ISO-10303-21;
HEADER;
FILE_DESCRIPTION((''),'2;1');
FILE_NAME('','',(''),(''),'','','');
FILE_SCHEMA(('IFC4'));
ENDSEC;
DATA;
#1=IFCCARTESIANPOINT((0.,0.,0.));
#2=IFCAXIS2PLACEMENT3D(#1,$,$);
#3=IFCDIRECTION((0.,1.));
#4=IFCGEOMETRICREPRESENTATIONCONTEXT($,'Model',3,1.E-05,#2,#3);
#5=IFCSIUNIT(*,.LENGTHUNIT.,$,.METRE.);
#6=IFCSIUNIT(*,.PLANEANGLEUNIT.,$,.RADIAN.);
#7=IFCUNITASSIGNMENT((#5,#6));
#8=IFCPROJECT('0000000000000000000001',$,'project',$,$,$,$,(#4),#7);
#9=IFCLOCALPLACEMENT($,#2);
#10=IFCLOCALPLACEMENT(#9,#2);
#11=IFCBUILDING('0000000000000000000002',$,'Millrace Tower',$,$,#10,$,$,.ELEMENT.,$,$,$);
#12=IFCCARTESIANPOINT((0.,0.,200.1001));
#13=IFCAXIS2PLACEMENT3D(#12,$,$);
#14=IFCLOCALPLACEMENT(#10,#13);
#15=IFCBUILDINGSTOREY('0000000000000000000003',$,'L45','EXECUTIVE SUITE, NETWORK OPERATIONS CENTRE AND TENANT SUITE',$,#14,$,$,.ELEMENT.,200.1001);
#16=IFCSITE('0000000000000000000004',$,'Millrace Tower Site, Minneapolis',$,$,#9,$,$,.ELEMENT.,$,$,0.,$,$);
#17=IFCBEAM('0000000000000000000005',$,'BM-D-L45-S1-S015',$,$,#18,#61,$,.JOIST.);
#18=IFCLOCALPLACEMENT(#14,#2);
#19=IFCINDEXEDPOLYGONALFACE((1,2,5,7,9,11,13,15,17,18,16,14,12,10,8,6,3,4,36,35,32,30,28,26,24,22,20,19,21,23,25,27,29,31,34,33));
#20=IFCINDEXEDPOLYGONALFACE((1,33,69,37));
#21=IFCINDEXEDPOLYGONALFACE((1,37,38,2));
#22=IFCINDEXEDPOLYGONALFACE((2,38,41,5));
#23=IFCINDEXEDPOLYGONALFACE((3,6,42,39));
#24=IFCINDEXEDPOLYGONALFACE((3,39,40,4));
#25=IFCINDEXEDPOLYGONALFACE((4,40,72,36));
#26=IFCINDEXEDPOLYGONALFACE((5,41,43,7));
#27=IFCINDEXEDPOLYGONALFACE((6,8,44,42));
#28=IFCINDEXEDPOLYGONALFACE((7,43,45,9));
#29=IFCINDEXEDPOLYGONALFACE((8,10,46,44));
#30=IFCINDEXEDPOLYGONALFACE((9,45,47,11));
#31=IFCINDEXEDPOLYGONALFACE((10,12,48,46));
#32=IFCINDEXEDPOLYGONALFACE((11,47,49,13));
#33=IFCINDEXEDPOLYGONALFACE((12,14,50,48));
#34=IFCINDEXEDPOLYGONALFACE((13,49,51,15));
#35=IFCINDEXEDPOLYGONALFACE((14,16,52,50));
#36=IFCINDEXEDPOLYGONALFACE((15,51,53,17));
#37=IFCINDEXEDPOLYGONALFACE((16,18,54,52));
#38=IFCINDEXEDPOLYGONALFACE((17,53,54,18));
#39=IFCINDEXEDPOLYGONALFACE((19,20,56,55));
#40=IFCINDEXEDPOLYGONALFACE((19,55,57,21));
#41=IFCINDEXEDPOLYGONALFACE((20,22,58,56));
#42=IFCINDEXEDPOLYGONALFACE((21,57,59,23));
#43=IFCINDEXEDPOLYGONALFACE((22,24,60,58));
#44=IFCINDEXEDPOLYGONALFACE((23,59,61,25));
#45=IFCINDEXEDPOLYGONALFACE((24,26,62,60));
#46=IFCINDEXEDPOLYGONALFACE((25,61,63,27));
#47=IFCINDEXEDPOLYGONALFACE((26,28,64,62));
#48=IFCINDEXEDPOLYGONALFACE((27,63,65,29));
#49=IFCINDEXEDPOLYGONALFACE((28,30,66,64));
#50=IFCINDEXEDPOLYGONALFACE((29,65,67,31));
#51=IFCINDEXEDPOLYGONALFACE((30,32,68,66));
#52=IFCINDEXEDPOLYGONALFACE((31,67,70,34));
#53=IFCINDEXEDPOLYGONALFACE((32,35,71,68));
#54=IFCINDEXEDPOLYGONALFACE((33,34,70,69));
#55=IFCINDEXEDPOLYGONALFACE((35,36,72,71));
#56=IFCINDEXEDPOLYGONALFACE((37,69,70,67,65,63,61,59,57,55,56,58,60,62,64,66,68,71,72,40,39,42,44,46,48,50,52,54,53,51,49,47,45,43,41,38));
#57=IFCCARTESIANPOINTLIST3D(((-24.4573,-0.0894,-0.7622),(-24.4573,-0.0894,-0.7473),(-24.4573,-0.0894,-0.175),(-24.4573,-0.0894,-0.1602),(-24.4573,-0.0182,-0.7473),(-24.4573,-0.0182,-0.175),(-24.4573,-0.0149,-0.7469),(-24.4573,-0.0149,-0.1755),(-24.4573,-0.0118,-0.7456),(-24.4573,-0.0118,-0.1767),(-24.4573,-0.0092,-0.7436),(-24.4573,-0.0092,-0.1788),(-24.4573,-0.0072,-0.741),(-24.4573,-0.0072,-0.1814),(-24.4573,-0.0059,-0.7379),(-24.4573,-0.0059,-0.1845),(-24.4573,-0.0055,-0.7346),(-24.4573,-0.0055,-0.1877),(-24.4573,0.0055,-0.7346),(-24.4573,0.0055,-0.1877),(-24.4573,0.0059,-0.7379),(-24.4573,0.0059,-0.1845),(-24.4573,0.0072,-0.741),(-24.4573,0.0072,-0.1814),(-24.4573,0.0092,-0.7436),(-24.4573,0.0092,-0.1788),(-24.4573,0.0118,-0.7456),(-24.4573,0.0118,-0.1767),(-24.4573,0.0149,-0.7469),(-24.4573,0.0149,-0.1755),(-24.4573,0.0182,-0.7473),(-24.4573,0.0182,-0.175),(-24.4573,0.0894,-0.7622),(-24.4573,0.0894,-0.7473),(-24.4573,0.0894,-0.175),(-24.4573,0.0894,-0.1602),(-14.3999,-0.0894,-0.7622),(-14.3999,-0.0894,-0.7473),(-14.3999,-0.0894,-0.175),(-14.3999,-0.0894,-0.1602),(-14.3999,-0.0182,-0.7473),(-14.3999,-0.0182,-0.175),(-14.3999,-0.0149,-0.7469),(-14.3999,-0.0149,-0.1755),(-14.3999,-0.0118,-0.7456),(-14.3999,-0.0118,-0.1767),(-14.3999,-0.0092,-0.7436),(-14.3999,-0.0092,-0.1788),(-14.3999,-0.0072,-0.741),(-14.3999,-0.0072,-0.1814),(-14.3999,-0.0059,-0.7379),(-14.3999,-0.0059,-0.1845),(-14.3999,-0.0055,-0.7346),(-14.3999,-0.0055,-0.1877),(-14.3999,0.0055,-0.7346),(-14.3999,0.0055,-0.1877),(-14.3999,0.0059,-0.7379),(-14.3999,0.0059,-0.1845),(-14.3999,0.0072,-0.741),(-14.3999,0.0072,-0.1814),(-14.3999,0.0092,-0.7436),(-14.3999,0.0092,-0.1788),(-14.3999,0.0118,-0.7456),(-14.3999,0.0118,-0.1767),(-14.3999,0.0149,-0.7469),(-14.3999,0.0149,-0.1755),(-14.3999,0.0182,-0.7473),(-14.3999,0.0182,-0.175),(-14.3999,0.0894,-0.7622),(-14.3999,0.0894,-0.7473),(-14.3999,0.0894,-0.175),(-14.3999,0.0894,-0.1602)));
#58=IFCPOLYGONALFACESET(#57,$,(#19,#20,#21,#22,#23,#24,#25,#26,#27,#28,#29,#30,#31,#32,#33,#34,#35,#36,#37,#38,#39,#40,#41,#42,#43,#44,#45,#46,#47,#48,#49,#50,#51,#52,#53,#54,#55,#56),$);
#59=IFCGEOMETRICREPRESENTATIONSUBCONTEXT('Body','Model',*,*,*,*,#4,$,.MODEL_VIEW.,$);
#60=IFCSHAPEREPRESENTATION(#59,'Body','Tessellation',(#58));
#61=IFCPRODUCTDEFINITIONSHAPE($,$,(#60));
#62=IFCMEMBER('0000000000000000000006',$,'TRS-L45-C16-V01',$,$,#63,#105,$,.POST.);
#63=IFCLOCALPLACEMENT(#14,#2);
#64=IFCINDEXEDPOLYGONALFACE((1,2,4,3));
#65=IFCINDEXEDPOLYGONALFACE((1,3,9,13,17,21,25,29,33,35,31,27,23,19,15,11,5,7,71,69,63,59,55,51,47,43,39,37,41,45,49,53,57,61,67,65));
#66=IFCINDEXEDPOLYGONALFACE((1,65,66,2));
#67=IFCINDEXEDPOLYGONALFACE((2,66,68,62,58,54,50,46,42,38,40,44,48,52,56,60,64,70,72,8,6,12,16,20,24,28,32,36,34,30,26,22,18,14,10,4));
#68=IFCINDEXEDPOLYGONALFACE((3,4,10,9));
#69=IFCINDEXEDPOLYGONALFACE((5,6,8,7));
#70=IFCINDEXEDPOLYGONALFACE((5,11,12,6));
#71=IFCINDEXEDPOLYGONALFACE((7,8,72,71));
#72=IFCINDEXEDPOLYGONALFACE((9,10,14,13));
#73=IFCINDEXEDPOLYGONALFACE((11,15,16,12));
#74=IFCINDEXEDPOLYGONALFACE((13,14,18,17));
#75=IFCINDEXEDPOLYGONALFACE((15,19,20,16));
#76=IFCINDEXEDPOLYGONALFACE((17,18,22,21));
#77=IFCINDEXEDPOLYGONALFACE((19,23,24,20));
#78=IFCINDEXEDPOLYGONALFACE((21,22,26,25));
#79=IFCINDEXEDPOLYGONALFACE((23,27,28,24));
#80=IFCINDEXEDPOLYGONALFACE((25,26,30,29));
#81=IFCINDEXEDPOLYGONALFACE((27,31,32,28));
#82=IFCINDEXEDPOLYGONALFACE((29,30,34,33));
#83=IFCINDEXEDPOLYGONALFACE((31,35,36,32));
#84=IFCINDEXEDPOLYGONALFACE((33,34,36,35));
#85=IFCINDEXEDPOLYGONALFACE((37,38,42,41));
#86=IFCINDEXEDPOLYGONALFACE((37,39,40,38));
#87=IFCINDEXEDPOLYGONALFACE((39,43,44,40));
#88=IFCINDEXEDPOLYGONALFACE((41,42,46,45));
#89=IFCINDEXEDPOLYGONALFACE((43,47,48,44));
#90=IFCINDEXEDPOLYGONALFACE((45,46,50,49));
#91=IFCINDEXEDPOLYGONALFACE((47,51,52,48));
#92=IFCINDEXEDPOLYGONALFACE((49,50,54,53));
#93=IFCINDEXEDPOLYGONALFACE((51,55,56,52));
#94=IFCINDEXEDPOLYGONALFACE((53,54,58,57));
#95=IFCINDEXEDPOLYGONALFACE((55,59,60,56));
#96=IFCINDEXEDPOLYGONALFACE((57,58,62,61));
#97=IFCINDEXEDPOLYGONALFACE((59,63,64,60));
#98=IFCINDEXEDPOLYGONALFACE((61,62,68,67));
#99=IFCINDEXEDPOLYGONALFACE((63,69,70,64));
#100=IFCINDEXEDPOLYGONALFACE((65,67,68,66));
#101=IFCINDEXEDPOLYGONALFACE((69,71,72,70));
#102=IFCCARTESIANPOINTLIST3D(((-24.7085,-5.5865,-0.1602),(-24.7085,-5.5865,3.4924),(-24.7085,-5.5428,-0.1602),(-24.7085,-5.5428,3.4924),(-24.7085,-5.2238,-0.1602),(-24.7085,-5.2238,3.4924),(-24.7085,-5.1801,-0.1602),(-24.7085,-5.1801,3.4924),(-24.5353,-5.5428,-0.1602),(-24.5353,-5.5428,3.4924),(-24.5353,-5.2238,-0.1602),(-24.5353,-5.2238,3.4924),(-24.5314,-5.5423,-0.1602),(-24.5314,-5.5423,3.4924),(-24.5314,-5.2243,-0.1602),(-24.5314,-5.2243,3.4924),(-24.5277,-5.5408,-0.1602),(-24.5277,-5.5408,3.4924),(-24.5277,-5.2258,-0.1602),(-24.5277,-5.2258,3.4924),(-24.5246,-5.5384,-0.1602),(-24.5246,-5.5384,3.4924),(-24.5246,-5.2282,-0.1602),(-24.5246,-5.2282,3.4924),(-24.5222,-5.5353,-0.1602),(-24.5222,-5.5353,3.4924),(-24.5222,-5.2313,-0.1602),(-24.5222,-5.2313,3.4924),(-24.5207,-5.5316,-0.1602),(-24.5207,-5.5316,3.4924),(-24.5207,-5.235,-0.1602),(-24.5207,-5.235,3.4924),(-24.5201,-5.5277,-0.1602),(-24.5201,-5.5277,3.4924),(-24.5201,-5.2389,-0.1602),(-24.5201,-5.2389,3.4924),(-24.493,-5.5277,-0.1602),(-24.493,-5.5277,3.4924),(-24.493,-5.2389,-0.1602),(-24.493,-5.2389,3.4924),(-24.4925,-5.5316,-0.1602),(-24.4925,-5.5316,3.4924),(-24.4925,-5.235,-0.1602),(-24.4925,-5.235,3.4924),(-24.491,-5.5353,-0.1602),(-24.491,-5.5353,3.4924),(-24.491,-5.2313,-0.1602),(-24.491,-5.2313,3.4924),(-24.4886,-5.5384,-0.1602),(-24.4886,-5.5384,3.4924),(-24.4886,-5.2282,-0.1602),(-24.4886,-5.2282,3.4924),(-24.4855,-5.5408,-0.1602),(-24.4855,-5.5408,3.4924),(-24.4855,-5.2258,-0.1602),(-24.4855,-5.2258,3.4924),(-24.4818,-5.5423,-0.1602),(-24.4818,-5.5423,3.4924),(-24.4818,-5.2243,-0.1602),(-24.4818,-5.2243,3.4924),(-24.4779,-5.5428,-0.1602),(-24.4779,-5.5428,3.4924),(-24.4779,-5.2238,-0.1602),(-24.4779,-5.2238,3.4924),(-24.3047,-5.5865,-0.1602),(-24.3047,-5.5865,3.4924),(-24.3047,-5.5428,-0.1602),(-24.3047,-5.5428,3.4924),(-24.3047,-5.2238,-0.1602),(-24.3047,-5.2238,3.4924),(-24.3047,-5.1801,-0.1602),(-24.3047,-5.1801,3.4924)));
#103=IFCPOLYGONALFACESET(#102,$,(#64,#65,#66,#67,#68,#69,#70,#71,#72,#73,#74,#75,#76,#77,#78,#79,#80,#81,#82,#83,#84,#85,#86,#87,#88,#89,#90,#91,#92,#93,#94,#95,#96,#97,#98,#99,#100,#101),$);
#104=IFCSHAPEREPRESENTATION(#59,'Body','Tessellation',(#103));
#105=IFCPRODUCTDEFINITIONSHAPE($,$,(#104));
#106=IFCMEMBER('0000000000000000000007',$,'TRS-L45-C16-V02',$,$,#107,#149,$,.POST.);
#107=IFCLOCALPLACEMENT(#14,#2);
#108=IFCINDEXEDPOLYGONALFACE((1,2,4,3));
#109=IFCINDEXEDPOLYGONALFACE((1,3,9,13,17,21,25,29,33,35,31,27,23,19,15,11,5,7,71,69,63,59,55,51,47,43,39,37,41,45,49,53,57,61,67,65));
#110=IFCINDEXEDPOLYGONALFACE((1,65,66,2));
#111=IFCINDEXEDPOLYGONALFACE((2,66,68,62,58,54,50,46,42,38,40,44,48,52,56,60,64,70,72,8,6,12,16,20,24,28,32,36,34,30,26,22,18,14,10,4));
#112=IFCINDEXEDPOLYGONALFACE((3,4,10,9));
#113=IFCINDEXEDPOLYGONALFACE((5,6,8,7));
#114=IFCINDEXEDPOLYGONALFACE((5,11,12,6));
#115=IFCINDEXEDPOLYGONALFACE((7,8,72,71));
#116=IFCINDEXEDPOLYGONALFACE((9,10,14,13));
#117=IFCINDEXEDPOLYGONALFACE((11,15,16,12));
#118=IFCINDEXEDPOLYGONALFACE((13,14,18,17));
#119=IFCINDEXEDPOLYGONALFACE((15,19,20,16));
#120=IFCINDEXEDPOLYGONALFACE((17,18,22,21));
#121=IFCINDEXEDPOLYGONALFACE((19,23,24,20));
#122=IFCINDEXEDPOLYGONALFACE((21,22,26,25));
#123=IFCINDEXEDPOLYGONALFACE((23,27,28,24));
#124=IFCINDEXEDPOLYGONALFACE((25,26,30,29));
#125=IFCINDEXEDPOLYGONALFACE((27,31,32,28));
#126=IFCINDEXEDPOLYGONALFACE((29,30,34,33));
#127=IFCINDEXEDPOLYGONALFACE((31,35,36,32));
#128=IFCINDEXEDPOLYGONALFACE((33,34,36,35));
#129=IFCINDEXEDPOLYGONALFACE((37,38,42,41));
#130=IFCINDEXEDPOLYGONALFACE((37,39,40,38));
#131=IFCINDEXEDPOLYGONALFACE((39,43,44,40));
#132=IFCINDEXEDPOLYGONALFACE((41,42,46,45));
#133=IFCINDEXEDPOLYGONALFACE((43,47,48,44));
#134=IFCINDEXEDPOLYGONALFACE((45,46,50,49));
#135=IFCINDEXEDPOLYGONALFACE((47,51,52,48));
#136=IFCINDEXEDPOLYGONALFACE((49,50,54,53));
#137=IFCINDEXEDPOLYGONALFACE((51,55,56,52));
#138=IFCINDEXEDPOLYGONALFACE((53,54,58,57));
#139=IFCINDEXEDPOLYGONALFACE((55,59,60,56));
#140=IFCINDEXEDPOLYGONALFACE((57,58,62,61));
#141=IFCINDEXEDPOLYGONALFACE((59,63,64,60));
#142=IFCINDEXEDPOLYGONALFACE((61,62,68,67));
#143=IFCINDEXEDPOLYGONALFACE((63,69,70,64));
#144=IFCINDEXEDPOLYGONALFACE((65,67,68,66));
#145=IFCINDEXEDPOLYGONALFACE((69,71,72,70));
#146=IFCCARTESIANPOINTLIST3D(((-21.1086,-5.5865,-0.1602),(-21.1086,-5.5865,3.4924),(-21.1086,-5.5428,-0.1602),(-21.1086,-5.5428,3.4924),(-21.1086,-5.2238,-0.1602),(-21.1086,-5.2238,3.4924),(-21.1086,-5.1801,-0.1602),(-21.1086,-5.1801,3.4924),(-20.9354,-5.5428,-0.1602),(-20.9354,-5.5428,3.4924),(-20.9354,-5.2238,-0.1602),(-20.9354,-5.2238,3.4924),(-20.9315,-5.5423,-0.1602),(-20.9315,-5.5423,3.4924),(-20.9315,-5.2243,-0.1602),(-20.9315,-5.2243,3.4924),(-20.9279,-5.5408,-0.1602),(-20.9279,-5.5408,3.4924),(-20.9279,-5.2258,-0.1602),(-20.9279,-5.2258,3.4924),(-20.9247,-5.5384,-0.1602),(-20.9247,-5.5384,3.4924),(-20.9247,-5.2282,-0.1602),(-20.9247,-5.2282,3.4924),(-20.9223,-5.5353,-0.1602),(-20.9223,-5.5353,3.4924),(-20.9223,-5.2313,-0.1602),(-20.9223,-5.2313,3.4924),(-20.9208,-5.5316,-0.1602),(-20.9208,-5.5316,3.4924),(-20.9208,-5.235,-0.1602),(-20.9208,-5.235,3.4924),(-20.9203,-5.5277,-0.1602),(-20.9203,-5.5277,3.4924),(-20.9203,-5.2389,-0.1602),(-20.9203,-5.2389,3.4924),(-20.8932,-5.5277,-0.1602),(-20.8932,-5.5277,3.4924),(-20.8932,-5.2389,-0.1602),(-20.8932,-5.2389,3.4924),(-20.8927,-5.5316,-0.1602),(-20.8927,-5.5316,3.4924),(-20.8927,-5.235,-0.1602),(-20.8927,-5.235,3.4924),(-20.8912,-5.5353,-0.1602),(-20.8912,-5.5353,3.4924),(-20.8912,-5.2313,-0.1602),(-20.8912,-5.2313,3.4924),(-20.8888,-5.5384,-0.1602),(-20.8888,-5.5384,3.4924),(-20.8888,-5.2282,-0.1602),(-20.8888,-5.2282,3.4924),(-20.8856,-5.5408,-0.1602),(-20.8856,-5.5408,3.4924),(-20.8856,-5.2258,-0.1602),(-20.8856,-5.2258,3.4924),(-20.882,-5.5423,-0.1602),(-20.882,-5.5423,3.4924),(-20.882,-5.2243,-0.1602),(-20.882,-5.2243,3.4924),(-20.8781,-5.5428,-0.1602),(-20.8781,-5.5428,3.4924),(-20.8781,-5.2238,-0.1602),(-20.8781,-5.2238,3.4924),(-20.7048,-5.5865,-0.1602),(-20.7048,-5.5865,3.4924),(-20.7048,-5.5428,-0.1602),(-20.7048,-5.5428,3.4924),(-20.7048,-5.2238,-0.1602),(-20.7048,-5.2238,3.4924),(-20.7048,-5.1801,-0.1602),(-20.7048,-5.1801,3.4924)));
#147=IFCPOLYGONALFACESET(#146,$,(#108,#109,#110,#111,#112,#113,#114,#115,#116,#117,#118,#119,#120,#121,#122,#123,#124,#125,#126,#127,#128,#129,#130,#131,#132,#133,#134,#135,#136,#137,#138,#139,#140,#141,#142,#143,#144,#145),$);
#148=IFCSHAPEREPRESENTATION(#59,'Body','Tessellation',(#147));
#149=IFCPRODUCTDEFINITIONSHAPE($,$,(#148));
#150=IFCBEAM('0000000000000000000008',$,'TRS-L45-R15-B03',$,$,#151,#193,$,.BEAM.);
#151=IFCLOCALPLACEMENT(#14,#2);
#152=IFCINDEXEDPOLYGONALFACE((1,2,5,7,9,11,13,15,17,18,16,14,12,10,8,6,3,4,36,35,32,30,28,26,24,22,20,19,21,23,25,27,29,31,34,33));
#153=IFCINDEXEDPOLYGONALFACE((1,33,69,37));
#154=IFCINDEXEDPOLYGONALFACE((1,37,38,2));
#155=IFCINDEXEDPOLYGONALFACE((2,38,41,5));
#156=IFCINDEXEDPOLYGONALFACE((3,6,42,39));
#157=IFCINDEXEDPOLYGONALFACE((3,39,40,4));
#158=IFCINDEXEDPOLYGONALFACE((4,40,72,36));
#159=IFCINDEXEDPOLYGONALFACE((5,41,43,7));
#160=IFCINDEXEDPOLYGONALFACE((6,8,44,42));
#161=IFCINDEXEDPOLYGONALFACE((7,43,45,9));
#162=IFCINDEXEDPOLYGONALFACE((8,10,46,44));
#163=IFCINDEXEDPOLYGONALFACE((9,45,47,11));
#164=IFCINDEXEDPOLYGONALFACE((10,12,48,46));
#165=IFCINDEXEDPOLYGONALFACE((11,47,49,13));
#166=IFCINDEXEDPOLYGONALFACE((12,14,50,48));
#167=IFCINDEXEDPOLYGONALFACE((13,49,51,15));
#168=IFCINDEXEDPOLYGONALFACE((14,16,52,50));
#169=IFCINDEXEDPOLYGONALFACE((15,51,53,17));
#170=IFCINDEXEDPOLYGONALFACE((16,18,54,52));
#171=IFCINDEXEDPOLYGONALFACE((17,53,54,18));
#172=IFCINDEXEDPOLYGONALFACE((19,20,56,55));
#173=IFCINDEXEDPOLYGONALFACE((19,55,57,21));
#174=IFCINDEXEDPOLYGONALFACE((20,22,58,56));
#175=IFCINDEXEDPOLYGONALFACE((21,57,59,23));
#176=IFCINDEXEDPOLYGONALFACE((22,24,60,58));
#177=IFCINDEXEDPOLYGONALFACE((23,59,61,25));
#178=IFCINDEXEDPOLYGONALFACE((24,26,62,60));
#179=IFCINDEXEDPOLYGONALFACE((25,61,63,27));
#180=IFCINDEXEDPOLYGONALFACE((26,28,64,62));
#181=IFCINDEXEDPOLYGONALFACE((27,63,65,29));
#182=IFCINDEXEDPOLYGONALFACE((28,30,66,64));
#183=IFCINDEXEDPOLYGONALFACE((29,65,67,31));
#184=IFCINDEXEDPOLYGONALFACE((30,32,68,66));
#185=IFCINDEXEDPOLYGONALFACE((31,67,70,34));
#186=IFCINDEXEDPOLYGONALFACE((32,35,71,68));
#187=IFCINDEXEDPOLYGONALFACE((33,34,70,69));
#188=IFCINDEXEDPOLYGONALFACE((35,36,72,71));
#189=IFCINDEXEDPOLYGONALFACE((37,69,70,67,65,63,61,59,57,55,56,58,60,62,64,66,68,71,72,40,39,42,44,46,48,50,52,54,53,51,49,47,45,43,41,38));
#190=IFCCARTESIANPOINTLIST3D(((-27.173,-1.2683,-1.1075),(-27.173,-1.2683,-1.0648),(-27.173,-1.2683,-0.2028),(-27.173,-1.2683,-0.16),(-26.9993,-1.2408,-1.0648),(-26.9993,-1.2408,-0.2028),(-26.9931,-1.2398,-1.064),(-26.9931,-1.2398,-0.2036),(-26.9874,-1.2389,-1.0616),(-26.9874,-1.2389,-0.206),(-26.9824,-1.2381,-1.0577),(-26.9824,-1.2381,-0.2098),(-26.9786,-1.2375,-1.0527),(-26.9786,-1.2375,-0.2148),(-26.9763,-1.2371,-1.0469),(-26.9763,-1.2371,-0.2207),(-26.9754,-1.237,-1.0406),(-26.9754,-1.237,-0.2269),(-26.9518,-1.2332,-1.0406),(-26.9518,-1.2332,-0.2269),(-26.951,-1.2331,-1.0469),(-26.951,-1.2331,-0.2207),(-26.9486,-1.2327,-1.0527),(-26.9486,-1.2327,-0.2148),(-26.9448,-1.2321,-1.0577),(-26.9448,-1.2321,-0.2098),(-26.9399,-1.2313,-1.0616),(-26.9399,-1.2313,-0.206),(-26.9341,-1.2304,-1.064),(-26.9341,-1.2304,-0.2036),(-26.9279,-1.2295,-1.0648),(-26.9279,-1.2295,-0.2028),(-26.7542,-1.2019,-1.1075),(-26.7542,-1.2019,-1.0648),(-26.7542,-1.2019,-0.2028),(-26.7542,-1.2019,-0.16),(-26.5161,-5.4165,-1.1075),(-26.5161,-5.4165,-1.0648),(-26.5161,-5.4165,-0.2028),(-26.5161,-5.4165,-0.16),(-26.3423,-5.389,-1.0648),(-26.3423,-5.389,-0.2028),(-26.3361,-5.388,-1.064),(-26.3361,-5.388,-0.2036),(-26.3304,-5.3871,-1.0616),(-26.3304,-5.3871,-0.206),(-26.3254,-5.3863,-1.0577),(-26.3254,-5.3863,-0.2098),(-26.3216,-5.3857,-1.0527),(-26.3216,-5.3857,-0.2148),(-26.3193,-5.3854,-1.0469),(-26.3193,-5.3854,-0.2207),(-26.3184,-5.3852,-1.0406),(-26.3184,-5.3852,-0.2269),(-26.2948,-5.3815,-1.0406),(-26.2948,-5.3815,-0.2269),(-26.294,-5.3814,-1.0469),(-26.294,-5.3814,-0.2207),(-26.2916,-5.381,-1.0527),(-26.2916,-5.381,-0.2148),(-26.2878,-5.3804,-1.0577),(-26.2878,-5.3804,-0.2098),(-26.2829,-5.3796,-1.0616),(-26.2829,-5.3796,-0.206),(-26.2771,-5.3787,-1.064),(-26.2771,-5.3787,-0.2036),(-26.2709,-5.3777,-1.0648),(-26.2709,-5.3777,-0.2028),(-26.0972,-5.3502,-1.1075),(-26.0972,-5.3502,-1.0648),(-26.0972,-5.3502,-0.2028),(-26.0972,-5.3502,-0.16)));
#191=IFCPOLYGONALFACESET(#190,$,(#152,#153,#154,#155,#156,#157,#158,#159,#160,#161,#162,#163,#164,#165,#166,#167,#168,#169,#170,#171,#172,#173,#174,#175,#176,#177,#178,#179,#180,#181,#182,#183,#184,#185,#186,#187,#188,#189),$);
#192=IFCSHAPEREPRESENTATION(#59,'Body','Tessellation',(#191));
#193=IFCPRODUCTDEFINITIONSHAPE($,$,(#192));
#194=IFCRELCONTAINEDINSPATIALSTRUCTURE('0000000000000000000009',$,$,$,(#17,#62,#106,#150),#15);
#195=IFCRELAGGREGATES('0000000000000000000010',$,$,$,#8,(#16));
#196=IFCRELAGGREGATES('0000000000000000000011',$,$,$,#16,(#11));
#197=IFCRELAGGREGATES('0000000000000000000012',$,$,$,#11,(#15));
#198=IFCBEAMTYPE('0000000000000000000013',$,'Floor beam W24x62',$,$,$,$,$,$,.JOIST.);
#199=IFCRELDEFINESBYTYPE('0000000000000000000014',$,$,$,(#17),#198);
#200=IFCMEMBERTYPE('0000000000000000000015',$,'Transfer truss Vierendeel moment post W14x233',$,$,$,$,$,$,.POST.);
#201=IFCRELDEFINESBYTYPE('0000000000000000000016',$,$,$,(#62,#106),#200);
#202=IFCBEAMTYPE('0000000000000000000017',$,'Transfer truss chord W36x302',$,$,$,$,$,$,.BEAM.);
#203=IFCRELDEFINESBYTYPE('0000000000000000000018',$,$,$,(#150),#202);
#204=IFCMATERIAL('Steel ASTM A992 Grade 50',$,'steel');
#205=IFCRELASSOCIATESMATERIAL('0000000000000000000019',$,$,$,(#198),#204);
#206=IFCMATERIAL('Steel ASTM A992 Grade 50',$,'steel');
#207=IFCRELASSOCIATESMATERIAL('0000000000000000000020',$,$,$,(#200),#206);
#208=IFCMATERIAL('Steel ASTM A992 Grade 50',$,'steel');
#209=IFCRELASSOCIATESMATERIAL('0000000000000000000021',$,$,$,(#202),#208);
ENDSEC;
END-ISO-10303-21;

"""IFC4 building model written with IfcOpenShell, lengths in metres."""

from ifc_helpers import new_model, si_unit, direction, frame, origin, origin_2d, place, context, subcontext, project, spatial, i_section, extrude, material, material_profile, profile_set, type_object, element, save


model = new_model("IFC4")

# Units and contexts
model_context = context("Model", 3, precision=1e-05, world=origin(), true_north=direction((0.0, 1.0)))
body_context = subcontext(model_context, "Body", "Model", "MODEL_VIEW")
ifc_project = project(units=[si_unit("LENGTHUNIT", "METRE"), si_unit("PLANEANGLEUNIT", "RADIAN")], contexts=[model_context])

# Site, building, storey
site_placement = place(None, origin())
site = spatial("IfcSite", under=ifc_project, at=site_placement, Name="Millrace Tower Site, Minneapolis", CompositionType="ELEMENT", RefElevation=0.0)
building_placement = place(site_placement, origin())
building = spatial("IfcBuilding", under=site, at=building_placement, Name="Millrace Tower", CompositionType="ELEMENT")
storey_placement = place(building_placement, frame((0.0, 0.0, 200.1001)))
storey = spatial("IfcBuildingStorey", under=building, at=storey_placement, Name="L45", Description="EXECUTIVE SUITE, NETWORK OPERATIONS CENTRE AND TENANT SUITE", CompositionType="ELEMENT", Elevation=200.1001)

# Beam
ifc_material_1 = material(Name="Steel ASTM A992 Grade 50", Category="steel")
ifc_material_profile_1 = material_profile(ifc_material_1, i_section(OverallWidth=0.1787, OverallDepth=0.6021, WebThickness=0.011, FlangeThickness=0.0149, FilletRadius=0.0127, at=origin_2d()))
ifc_profile_set_1 = profile_set([ifc_material_profile_1], Name="Steel ASTM A992 Grade 50")
beam_type_1 = type_object("IfcBeamType", Name="Floor beam W24x62", PredefinedType="JOIST", material=ifc_profile_set_1)
beam_1_placement = place(storey_placement, frame((-24.4573, 0.0, -0.4612), z_axis=(1.0, 0.0, 0.0), x_axis=(0.0, 1.0, 0.0)))
element("IfcBeam", 1, at=beam_1_placement, inside=storey, type_object=beam_type_1, Name="BM-D-L45-S1-S015", PredefinedType="JOIST", context=body_context, shape_type="SweptSolid", body=[
    extrude(i_section(OverallWidth=0.1787, OverallDepth=0.6021, WebThickness=0.011, FlangeThickness=0.0149, FilletRadius=0.0127, at=origin_2d()), origin(), (0.0, 0.0, 1.0), 10.0574),
])

# Members
ifc_material_2 = material(Name="Steel ASTM A992 Grade 50", Category="steel")
ifc_material_profile_2 = material_profile(ifc_material_2, i_section(OverallWidth=0.4038, OverallDepth=0.4065, WebThickness=0.0271, FlangeThickness=0.0437, FilletRadius=0.0151, at=origin_2d()))
ifc_profile_set_2 = profile_set([ifc_material_profile_2], Name="Steel ASTM A992 Grade 50")
member_type_1 = type_object("IfcMemberType", Name="Transfer truss Vierendeel moment post W14x233", PredefinedType="POST", material=ifc_profile_set_2)
for number, where, z_axis, x_axis, name in (
    (2, (-24.5066, -5.3833, -0.1602), (0.0, 0.0, 1.0), (1.0, 0.0, 0.0), "TRS-L45-C16-V01"),
    (3, (-20.9067, -5.3833, -0.1602), (0.0, 0.0, 1.0), (1.0, 0.0, 0.0), "TRS-L45-C16-V02"),
):
    element("IfcMember", number, at=place(storey_placement, frame(where, z_axis=z_axis, x_axis=x_axis)), inside=storey, type_object=member_type_1, Name=name, PredefinedType="POST", context=body_context, shape_type="SweptSolid", body=[
        extrude(i_section(OverallWidth=0.4038, OverallDepth=0.4065, WebThickness=0.0271, FlangeThickness=0.0437, FilletRadius=0.0151, at=origin_2d()), origin(), (0.0, 0.0, 1.0), 3.6526),
    ])

# Beam
ifc_material_3 = material(Name="Steel ASTM A992 Grade 50", Category="steel")
ifc_material_profile_3 = material_profile(ifc_material_3, i_section(OverallWidth=0.4241, OverallDepth=0.9475, WebThickness=0.0239, FlangeThickness=0.0427, FilletRadius=0.0242, at=origin_2d()))
ifc_profile_set_3 = profile_set([ifc_material_profile_3], Name="Steel ASTM A992 Grade 50")
beam_type_2 = type_object("IfcBeamType", Name="Transfer truss chord W36x302", PredefinedType="BEAM", material=ifc_profile_set_3)
for number, where, z_axis, x_axis, name in (
    (4, (-26.9636, -1.2351, -0.6338), (0.156428, -0.987689, 0.0), (0.987689, 0.156428, 0.0), "TRS-L45-R15-B03"),
):
    element("IfcBeam", number, at=place(storey_placement, frame(where, z_axis=z_axis, x_axis=x_axis)), inside=storey, type_object=beam_type_2, Name=name, PredefinedType="BEAM", context=body_context, shape_type="SweptSolid", body=[
        extrude(i_section(OverallWidth=0.4241, OverallDepth=0.9475, WebThickness=0.0239, FlangeThickness=0.0427, FilletRadius=0.0242, at=origin_2d()), origin(), (0.0, 0.0, 1.0), 4.2),
    ])

save(model, "model.ifc")
